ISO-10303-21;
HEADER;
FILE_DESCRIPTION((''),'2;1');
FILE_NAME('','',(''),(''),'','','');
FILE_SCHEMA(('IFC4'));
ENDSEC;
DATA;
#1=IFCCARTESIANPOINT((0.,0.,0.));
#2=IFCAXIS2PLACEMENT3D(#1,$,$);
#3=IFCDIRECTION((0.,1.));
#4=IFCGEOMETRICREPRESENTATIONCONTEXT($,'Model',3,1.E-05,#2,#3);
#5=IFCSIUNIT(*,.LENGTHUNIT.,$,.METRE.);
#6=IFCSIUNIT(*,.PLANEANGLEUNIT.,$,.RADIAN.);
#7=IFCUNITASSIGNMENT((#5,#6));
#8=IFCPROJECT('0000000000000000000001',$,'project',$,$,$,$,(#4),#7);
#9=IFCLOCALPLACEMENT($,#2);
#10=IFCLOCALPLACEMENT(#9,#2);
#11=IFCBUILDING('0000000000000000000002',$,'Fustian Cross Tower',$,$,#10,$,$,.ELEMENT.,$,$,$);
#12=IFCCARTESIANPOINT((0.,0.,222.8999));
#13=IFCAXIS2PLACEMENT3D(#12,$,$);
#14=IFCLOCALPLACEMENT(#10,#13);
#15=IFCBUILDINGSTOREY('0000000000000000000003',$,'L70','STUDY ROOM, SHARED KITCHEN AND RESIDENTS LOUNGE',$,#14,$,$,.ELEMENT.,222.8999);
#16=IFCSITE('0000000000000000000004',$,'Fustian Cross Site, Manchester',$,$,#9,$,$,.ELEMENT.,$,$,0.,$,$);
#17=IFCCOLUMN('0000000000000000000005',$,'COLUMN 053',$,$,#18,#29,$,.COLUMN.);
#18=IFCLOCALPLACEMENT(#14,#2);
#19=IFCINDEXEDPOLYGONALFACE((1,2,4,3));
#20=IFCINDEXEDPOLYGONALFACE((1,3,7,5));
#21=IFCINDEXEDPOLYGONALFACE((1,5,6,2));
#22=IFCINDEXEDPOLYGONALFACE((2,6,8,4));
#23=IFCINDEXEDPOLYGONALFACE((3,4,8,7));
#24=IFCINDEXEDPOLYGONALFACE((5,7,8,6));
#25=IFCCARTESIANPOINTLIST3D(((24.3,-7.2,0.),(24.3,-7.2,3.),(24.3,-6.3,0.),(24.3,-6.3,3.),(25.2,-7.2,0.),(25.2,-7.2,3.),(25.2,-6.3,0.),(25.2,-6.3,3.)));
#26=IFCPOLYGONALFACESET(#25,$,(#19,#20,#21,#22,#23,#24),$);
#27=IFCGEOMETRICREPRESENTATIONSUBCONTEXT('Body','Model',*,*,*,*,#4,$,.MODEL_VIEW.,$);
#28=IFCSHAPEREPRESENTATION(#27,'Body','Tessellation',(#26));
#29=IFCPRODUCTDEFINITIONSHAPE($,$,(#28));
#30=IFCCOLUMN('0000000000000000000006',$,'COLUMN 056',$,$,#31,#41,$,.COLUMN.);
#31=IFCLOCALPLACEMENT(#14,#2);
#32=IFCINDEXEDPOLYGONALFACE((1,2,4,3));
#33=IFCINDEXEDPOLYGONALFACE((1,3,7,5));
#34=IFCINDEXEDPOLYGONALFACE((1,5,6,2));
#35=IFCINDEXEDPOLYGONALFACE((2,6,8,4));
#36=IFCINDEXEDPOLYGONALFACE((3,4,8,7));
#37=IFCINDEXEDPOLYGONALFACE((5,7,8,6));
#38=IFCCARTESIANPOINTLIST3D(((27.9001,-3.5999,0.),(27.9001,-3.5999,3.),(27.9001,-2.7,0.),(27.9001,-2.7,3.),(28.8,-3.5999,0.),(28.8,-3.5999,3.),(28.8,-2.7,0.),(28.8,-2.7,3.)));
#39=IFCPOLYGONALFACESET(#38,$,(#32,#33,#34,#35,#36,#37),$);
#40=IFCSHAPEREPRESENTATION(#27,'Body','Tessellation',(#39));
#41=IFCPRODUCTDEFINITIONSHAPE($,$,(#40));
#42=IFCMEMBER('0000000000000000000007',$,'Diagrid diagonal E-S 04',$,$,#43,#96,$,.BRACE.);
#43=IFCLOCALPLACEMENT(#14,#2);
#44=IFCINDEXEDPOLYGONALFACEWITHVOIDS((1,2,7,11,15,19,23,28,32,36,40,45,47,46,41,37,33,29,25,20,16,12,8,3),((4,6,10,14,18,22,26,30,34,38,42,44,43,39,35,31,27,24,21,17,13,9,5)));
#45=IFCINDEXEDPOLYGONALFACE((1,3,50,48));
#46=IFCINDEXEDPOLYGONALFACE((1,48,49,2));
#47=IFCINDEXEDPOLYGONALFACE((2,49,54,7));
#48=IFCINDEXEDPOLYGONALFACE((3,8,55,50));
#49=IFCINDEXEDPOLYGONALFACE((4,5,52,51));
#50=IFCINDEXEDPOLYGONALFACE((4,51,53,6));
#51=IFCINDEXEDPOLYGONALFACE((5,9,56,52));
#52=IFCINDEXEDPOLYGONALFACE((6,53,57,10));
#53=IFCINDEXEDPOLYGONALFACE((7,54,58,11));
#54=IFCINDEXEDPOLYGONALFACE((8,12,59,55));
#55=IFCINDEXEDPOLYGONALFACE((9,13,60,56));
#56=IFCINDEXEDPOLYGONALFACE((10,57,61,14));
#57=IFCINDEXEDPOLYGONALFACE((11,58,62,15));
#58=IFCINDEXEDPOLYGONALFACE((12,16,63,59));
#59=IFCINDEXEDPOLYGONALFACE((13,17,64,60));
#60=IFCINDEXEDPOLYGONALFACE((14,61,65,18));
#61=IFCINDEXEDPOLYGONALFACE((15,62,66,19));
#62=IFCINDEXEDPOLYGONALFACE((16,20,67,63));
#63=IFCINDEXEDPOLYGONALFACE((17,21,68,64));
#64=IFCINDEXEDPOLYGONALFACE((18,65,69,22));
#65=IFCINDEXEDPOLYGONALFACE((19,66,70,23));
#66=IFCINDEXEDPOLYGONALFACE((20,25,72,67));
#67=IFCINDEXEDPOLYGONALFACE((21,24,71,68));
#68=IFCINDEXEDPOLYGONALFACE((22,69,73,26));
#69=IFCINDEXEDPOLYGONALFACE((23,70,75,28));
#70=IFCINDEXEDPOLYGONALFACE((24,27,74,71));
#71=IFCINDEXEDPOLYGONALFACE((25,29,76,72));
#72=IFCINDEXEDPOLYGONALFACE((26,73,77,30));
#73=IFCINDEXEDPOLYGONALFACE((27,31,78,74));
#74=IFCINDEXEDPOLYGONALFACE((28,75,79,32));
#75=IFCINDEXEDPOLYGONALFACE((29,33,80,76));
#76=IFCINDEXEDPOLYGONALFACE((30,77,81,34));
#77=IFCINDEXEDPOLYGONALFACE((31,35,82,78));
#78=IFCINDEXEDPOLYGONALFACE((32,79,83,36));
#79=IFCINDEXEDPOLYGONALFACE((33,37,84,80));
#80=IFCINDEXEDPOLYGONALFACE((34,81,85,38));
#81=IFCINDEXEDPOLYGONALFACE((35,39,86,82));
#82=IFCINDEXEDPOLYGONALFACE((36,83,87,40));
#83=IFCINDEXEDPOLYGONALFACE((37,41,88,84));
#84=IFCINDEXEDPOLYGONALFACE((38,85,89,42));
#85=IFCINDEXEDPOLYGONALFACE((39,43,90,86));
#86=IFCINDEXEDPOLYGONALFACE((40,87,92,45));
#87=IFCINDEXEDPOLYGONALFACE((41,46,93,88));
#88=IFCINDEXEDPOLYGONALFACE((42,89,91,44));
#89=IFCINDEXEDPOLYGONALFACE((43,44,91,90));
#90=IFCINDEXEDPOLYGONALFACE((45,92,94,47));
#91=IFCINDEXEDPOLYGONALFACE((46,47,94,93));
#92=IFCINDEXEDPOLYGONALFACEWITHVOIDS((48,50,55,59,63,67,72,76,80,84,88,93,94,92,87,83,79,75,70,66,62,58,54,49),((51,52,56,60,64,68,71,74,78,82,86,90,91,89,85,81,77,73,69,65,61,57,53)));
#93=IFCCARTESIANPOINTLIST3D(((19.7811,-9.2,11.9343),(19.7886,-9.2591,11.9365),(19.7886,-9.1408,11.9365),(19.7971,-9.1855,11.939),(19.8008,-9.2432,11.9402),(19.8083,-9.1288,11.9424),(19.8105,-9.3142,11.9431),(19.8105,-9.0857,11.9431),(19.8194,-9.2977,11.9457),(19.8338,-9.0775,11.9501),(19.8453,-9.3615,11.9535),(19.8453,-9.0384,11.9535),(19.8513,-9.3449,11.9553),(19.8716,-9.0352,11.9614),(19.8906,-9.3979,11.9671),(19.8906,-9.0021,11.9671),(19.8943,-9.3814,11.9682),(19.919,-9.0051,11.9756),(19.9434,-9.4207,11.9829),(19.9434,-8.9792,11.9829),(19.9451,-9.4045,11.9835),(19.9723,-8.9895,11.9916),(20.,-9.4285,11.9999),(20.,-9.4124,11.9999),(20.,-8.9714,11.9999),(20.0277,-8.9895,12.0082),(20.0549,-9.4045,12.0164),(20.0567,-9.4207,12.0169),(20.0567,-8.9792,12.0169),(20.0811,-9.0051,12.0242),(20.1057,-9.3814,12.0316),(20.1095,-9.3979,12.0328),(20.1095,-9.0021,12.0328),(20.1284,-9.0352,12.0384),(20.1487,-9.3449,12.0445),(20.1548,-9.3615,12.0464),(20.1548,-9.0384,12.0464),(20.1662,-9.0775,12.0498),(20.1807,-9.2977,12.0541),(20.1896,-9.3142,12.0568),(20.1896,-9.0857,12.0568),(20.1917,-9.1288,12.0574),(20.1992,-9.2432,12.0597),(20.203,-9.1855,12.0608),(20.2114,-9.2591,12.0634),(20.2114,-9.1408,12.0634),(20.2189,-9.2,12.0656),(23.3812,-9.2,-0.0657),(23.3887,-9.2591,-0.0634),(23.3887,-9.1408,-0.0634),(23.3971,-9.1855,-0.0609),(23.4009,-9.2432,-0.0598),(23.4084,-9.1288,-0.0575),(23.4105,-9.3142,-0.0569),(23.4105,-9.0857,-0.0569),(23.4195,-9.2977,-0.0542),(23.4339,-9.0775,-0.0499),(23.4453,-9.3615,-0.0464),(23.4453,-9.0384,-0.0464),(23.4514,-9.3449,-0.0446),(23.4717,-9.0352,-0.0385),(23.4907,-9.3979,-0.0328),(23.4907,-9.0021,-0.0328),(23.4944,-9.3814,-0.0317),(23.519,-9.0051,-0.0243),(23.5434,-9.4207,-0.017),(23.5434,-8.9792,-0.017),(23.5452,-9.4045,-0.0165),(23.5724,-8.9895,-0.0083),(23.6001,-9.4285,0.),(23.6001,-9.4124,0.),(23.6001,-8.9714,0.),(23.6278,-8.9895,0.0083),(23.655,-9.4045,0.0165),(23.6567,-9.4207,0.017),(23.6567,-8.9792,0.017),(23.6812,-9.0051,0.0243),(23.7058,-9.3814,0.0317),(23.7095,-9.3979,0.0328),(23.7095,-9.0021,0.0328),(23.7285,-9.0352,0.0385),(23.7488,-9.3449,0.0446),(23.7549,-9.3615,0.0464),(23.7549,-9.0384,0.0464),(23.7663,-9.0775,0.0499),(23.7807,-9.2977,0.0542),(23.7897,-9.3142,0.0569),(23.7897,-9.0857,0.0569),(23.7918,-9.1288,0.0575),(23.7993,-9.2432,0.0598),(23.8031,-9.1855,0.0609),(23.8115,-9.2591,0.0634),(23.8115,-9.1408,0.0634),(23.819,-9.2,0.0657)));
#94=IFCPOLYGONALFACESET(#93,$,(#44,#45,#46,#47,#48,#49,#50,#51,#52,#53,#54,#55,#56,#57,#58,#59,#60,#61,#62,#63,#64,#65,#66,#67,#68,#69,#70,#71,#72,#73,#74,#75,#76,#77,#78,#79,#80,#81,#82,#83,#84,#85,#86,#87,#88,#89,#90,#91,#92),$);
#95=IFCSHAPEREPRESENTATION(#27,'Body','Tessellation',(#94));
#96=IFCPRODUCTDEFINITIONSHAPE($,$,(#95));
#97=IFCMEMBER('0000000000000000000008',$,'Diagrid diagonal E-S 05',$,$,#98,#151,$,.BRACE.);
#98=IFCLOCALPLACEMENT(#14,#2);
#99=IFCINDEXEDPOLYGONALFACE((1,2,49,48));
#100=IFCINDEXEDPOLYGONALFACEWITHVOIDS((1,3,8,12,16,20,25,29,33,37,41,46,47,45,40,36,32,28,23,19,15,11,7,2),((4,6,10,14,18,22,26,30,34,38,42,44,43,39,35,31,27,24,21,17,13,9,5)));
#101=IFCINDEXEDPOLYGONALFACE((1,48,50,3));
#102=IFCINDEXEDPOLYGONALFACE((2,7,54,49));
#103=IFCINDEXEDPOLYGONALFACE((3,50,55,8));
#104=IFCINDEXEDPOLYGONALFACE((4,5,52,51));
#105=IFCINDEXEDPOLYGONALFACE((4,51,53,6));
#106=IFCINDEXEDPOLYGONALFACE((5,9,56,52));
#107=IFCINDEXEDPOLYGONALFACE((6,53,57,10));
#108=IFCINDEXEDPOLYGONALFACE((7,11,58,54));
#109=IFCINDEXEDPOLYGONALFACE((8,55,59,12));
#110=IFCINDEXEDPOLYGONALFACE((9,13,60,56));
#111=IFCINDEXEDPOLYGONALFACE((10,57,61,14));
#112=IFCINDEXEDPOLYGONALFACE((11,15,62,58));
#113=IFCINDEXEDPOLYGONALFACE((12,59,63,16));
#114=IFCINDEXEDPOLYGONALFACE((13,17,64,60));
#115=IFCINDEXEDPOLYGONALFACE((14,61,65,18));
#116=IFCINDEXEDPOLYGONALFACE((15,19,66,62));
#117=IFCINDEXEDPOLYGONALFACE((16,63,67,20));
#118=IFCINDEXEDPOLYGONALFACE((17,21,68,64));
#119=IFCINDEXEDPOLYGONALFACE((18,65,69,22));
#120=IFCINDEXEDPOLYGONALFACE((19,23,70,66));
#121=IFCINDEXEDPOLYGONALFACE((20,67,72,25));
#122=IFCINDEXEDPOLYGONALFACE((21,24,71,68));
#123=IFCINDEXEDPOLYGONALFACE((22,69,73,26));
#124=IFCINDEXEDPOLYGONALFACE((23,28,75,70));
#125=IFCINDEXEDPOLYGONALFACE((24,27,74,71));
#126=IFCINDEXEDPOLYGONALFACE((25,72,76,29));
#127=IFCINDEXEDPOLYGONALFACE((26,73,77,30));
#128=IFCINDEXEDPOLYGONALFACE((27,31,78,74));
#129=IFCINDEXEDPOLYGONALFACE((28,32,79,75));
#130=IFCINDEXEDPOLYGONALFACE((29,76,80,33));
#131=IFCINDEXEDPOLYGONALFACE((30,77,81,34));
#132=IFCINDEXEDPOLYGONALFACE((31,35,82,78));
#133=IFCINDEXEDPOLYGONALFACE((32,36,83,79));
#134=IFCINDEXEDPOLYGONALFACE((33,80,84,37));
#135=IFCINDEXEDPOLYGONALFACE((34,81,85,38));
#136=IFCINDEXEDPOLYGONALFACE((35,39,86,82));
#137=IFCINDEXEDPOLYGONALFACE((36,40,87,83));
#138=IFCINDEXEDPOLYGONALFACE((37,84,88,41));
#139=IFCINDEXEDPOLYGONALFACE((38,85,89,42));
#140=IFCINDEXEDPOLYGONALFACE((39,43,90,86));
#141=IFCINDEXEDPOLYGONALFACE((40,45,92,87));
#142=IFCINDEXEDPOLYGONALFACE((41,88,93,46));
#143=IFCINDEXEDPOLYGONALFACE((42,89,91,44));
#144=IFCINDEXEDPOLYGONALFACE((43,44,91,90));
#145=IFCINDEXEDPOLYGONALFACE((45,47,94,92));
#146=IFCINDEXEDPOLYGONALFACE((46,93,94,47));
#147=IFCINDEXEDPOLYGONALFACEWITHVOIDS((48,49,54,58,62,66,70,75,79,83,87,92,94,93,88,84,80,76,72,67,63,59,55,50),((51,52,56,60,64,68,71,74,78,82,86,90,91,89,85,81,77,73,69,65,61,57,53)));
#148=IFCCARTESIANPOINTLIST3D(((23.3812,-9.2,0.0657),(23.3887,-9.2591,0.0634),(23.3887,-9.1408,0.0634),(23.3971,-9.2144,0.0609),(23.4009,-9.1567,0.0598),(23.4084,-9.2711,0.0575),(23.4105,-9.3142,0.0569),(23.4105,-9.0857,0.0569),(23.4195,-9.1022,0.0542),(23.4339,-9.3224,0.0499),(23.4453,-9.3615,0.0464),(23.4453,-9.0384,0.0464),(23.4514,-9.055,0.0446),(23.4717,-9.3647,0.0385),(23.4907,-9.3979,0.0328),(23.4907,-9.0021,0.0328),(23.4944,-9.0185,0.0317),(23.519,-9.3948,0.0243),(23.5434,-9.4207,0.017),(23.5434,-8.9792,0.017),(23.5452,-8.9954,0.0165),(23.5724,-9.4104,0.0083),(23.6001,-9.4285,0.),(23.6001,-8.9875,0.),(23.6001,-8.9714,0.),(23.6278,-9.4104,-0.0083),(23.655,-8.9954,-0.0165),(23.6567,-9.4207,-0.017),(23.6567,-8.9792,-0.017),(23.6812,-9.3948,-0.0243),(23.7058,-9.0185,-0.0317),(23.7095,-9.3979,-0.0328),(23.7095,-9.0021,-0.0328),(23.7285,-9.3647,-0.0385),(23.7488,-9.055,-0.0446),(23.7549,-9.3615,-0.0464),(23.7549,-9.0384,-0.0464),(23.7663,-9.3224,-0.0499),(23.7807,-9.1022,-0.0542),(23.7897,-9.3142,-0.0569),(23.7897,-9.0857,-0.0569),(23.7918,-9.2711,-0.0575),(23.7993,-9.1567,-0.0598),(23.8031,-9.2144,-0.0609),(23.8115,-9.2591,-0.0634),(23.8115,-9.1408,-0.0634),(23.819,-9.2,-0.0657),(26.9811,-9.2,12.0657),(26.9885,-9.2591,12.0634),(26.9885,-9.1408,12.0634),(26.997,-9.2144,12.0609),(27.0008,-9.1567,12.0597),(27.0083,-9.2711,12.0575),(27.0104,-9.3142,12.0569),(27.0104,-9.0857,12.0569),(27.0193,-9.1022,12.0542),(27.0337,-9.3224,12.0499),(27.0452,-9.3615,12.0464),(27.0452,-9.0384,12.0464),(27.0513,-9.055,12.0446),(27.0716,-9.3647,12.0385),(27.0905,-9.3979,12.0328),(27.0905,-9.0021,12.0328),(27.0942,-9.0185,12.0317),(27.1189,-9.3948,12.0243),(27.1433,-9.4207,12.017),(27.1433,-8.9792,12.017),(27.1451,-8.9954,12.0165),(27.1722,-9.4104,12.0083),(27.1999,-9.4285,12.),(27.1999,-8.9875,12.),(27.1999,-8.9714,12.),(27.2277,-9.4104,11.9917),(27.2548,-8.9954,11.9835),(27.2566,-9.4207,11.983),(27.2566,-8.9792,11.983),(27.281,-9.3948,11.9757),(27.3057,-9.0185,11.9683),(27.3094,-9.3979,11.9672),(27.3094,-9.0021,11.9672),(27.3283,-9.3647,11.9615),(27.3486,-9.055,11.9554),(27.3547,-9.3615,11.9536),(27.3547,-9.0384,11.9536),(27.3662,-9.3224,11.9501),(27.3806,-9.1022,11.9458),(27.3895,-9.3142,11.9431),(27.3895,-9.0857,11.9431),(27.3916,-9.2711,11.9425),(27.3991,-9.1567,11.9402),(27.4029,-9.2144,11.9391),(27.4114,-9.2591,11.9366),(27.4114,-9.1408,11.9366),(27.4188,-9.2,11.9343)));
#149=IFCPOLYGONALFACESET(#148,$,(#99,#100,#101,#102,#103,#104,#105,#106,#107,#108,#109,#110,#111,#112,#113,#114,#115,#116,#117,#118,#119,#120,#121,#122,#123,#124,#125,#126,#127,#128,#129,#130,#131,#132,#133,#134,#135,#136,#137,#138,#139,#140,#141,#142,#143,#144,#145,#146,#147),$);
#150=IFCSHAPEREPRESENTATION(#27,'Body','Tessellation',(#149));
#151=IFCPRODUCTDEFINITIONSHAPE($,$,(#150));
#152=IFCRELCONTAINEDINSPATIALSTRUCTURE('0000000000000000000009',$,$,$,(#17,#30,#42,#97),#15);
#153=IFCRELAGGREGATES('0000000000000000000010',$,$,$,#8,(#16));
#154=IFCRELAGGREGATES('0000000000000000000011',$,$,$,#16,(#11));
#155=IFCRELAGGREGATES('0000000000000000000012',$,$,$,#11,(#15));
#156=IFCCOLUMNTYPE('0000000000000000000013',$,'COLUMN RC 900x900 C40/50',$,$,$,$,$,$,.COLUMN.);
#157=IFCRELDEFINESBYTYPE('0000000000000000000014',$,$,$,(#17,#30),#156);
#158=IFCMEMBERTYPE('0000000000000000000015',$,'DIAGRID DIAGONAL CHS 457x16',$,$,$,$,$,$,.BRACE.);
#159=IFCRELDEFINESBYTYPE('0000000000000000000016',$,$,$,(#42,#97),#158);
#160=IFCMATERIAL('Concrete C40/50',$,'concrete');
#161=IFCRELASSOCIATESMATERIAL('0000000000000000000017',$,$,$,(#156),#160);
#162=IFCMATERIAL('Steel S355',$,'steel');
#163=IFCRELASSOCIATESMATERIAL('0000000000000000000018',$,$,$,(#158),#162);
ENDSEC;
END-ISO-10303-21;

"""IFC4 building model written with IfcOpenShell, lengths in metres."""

from ifc_helpers import new_model, si_unit, direction, frame, origin, origin_2d, place, context, subcontext, project, spatial, rectangle, hollow_circle, extrude, material, material_profile, profile_set, type_object, element, save


model = new_model("IFC4")

# Units and contexts
model_context = context("Model", 3, precision=1e-05, world=origin(), true_north=direction((0.0, 1.0)))
body_context = subcontext(model_context, "Body", "Model", "MODEL_VIEW")
ifc_project = project(units=[si_unit("LENGTHUNIT", "METRE"), si_unit("PLANEANGLEUNIT", "RADIAN")], contexts=[model_context])

# Site, building, storey
site_placement = place(None, origin())
site = spatial("IfcSite", under=ifc_project, at=site_placement, Name="Fustian Cross Site, Manchester", CompositionType="ELEMENT", RefElevation=0.0)
building_placement = place(site_placement, origin())
building = spatial("IfcBuilding", under=site, at=building_placement, Name="Fustian Cross Tower", CompositionType="ELEMENT")
storey_placement = place(building_placement, frame((0.0, 0.0, 222.8999)))
storey = spatial("IfcBuildingStorey", under=building, at=storey_placement, Name="L70", Description="STUDY ROOM, SHARED KITCHEN AND RESIDENTS LOUNGE", CompositionType="ELEMENT", Elevation=222.8999)

# Columns
ifc_material_1 = material(Name="Concrete C40/50", Category="concrete")
ifc_material_profile_1 = material_profile(ifc_material_1, rectangle(XDim=0.8999, YDim=0.8999, at=origin_2d()), Name="RC 900x900")
ifc_profile_set_1 = profile_set([ifc_material_profile_1], Name="Concrete C40/50")
column_type = type_object("IfcColumnType", Name="COLUMN RC 900x900 C40/50", PredefinedType="COLUMN", material=ifc_profile_set_1)
for number, where, z_axis, x_axis, name in (
    (1, (24.75, -6.75, 0.0), (0.0, 0.0, 1.0), (1.0, 0.0, 0.0), "COLUMN 053"),
    (2, (28.3501, -3.1499, 0.0), (0.0, 0.0, 1.0), (1.0, 0.0, 0.0), "COLUMN 056"),
):
    element("IfcColumn", number, at=place(storey_placement, frame(where, z_axis=z_axis, x_axis=x_axis)), inside=storey, type_object=column_type, Name=name, PredefinedType="COLUMN", context=body_context, shape_type="SweptSolid", body=[
        extrude(rectangle(XDim=0.8999, YDim=0.8999, at=origin_2d()), origin(), (0.0, 0.0, 1.0), 3.0),
    ])

# Members
ifc_material_2 = material(Name="Steel S355", Category="steel")
ifc_material_profile_2 = material_profile(ifc_material_2, hollow_circle(Radius=0.2285, WallThickness=0.0161, at=origin_2d()), Name="CHS 457x16")
ifc_profile_set_2 = profile_set([ifc_material_profile_2], Name="Steel S355")
member_type_1 = type_object("IfcMemberType", Name="DIAGRID DIAGONAL CHS 457x16", PredefinedType="BRACE", material=ifc_profile_set_2)
for number, where, z_axis, x_axis, name in (
    (3, (23.6001, -9.2, 0.0), (-0.287355, 0.0, 0.957824), (0.0, -1.0, 0.0), "Diagrid diagonal E-S 04"),
    (4, (23.6001, -9.2, 0.0), (0.287337, 0.0, 0.95783), (0.0, 1.0, 0.0), "Diagrid diagonal E-S 05"),
):
    element("IfcMember", number, at=place(storey_placement, frame(where, z_axis=z_axis, x_axis=x_axis)), inside=storey, type_object=member_type_1, Name=name, PredefinedType="BRACE", context=body_context, shape_type="SweptSolid", body=[
        extrude(hollow_circle(Radius=0.2285, WallThickness=0.0161, at=origin_2d()), origin(), (0.0, 0.0, 1.0), 12.5283),
    ])

save(model, "model.ifc")
